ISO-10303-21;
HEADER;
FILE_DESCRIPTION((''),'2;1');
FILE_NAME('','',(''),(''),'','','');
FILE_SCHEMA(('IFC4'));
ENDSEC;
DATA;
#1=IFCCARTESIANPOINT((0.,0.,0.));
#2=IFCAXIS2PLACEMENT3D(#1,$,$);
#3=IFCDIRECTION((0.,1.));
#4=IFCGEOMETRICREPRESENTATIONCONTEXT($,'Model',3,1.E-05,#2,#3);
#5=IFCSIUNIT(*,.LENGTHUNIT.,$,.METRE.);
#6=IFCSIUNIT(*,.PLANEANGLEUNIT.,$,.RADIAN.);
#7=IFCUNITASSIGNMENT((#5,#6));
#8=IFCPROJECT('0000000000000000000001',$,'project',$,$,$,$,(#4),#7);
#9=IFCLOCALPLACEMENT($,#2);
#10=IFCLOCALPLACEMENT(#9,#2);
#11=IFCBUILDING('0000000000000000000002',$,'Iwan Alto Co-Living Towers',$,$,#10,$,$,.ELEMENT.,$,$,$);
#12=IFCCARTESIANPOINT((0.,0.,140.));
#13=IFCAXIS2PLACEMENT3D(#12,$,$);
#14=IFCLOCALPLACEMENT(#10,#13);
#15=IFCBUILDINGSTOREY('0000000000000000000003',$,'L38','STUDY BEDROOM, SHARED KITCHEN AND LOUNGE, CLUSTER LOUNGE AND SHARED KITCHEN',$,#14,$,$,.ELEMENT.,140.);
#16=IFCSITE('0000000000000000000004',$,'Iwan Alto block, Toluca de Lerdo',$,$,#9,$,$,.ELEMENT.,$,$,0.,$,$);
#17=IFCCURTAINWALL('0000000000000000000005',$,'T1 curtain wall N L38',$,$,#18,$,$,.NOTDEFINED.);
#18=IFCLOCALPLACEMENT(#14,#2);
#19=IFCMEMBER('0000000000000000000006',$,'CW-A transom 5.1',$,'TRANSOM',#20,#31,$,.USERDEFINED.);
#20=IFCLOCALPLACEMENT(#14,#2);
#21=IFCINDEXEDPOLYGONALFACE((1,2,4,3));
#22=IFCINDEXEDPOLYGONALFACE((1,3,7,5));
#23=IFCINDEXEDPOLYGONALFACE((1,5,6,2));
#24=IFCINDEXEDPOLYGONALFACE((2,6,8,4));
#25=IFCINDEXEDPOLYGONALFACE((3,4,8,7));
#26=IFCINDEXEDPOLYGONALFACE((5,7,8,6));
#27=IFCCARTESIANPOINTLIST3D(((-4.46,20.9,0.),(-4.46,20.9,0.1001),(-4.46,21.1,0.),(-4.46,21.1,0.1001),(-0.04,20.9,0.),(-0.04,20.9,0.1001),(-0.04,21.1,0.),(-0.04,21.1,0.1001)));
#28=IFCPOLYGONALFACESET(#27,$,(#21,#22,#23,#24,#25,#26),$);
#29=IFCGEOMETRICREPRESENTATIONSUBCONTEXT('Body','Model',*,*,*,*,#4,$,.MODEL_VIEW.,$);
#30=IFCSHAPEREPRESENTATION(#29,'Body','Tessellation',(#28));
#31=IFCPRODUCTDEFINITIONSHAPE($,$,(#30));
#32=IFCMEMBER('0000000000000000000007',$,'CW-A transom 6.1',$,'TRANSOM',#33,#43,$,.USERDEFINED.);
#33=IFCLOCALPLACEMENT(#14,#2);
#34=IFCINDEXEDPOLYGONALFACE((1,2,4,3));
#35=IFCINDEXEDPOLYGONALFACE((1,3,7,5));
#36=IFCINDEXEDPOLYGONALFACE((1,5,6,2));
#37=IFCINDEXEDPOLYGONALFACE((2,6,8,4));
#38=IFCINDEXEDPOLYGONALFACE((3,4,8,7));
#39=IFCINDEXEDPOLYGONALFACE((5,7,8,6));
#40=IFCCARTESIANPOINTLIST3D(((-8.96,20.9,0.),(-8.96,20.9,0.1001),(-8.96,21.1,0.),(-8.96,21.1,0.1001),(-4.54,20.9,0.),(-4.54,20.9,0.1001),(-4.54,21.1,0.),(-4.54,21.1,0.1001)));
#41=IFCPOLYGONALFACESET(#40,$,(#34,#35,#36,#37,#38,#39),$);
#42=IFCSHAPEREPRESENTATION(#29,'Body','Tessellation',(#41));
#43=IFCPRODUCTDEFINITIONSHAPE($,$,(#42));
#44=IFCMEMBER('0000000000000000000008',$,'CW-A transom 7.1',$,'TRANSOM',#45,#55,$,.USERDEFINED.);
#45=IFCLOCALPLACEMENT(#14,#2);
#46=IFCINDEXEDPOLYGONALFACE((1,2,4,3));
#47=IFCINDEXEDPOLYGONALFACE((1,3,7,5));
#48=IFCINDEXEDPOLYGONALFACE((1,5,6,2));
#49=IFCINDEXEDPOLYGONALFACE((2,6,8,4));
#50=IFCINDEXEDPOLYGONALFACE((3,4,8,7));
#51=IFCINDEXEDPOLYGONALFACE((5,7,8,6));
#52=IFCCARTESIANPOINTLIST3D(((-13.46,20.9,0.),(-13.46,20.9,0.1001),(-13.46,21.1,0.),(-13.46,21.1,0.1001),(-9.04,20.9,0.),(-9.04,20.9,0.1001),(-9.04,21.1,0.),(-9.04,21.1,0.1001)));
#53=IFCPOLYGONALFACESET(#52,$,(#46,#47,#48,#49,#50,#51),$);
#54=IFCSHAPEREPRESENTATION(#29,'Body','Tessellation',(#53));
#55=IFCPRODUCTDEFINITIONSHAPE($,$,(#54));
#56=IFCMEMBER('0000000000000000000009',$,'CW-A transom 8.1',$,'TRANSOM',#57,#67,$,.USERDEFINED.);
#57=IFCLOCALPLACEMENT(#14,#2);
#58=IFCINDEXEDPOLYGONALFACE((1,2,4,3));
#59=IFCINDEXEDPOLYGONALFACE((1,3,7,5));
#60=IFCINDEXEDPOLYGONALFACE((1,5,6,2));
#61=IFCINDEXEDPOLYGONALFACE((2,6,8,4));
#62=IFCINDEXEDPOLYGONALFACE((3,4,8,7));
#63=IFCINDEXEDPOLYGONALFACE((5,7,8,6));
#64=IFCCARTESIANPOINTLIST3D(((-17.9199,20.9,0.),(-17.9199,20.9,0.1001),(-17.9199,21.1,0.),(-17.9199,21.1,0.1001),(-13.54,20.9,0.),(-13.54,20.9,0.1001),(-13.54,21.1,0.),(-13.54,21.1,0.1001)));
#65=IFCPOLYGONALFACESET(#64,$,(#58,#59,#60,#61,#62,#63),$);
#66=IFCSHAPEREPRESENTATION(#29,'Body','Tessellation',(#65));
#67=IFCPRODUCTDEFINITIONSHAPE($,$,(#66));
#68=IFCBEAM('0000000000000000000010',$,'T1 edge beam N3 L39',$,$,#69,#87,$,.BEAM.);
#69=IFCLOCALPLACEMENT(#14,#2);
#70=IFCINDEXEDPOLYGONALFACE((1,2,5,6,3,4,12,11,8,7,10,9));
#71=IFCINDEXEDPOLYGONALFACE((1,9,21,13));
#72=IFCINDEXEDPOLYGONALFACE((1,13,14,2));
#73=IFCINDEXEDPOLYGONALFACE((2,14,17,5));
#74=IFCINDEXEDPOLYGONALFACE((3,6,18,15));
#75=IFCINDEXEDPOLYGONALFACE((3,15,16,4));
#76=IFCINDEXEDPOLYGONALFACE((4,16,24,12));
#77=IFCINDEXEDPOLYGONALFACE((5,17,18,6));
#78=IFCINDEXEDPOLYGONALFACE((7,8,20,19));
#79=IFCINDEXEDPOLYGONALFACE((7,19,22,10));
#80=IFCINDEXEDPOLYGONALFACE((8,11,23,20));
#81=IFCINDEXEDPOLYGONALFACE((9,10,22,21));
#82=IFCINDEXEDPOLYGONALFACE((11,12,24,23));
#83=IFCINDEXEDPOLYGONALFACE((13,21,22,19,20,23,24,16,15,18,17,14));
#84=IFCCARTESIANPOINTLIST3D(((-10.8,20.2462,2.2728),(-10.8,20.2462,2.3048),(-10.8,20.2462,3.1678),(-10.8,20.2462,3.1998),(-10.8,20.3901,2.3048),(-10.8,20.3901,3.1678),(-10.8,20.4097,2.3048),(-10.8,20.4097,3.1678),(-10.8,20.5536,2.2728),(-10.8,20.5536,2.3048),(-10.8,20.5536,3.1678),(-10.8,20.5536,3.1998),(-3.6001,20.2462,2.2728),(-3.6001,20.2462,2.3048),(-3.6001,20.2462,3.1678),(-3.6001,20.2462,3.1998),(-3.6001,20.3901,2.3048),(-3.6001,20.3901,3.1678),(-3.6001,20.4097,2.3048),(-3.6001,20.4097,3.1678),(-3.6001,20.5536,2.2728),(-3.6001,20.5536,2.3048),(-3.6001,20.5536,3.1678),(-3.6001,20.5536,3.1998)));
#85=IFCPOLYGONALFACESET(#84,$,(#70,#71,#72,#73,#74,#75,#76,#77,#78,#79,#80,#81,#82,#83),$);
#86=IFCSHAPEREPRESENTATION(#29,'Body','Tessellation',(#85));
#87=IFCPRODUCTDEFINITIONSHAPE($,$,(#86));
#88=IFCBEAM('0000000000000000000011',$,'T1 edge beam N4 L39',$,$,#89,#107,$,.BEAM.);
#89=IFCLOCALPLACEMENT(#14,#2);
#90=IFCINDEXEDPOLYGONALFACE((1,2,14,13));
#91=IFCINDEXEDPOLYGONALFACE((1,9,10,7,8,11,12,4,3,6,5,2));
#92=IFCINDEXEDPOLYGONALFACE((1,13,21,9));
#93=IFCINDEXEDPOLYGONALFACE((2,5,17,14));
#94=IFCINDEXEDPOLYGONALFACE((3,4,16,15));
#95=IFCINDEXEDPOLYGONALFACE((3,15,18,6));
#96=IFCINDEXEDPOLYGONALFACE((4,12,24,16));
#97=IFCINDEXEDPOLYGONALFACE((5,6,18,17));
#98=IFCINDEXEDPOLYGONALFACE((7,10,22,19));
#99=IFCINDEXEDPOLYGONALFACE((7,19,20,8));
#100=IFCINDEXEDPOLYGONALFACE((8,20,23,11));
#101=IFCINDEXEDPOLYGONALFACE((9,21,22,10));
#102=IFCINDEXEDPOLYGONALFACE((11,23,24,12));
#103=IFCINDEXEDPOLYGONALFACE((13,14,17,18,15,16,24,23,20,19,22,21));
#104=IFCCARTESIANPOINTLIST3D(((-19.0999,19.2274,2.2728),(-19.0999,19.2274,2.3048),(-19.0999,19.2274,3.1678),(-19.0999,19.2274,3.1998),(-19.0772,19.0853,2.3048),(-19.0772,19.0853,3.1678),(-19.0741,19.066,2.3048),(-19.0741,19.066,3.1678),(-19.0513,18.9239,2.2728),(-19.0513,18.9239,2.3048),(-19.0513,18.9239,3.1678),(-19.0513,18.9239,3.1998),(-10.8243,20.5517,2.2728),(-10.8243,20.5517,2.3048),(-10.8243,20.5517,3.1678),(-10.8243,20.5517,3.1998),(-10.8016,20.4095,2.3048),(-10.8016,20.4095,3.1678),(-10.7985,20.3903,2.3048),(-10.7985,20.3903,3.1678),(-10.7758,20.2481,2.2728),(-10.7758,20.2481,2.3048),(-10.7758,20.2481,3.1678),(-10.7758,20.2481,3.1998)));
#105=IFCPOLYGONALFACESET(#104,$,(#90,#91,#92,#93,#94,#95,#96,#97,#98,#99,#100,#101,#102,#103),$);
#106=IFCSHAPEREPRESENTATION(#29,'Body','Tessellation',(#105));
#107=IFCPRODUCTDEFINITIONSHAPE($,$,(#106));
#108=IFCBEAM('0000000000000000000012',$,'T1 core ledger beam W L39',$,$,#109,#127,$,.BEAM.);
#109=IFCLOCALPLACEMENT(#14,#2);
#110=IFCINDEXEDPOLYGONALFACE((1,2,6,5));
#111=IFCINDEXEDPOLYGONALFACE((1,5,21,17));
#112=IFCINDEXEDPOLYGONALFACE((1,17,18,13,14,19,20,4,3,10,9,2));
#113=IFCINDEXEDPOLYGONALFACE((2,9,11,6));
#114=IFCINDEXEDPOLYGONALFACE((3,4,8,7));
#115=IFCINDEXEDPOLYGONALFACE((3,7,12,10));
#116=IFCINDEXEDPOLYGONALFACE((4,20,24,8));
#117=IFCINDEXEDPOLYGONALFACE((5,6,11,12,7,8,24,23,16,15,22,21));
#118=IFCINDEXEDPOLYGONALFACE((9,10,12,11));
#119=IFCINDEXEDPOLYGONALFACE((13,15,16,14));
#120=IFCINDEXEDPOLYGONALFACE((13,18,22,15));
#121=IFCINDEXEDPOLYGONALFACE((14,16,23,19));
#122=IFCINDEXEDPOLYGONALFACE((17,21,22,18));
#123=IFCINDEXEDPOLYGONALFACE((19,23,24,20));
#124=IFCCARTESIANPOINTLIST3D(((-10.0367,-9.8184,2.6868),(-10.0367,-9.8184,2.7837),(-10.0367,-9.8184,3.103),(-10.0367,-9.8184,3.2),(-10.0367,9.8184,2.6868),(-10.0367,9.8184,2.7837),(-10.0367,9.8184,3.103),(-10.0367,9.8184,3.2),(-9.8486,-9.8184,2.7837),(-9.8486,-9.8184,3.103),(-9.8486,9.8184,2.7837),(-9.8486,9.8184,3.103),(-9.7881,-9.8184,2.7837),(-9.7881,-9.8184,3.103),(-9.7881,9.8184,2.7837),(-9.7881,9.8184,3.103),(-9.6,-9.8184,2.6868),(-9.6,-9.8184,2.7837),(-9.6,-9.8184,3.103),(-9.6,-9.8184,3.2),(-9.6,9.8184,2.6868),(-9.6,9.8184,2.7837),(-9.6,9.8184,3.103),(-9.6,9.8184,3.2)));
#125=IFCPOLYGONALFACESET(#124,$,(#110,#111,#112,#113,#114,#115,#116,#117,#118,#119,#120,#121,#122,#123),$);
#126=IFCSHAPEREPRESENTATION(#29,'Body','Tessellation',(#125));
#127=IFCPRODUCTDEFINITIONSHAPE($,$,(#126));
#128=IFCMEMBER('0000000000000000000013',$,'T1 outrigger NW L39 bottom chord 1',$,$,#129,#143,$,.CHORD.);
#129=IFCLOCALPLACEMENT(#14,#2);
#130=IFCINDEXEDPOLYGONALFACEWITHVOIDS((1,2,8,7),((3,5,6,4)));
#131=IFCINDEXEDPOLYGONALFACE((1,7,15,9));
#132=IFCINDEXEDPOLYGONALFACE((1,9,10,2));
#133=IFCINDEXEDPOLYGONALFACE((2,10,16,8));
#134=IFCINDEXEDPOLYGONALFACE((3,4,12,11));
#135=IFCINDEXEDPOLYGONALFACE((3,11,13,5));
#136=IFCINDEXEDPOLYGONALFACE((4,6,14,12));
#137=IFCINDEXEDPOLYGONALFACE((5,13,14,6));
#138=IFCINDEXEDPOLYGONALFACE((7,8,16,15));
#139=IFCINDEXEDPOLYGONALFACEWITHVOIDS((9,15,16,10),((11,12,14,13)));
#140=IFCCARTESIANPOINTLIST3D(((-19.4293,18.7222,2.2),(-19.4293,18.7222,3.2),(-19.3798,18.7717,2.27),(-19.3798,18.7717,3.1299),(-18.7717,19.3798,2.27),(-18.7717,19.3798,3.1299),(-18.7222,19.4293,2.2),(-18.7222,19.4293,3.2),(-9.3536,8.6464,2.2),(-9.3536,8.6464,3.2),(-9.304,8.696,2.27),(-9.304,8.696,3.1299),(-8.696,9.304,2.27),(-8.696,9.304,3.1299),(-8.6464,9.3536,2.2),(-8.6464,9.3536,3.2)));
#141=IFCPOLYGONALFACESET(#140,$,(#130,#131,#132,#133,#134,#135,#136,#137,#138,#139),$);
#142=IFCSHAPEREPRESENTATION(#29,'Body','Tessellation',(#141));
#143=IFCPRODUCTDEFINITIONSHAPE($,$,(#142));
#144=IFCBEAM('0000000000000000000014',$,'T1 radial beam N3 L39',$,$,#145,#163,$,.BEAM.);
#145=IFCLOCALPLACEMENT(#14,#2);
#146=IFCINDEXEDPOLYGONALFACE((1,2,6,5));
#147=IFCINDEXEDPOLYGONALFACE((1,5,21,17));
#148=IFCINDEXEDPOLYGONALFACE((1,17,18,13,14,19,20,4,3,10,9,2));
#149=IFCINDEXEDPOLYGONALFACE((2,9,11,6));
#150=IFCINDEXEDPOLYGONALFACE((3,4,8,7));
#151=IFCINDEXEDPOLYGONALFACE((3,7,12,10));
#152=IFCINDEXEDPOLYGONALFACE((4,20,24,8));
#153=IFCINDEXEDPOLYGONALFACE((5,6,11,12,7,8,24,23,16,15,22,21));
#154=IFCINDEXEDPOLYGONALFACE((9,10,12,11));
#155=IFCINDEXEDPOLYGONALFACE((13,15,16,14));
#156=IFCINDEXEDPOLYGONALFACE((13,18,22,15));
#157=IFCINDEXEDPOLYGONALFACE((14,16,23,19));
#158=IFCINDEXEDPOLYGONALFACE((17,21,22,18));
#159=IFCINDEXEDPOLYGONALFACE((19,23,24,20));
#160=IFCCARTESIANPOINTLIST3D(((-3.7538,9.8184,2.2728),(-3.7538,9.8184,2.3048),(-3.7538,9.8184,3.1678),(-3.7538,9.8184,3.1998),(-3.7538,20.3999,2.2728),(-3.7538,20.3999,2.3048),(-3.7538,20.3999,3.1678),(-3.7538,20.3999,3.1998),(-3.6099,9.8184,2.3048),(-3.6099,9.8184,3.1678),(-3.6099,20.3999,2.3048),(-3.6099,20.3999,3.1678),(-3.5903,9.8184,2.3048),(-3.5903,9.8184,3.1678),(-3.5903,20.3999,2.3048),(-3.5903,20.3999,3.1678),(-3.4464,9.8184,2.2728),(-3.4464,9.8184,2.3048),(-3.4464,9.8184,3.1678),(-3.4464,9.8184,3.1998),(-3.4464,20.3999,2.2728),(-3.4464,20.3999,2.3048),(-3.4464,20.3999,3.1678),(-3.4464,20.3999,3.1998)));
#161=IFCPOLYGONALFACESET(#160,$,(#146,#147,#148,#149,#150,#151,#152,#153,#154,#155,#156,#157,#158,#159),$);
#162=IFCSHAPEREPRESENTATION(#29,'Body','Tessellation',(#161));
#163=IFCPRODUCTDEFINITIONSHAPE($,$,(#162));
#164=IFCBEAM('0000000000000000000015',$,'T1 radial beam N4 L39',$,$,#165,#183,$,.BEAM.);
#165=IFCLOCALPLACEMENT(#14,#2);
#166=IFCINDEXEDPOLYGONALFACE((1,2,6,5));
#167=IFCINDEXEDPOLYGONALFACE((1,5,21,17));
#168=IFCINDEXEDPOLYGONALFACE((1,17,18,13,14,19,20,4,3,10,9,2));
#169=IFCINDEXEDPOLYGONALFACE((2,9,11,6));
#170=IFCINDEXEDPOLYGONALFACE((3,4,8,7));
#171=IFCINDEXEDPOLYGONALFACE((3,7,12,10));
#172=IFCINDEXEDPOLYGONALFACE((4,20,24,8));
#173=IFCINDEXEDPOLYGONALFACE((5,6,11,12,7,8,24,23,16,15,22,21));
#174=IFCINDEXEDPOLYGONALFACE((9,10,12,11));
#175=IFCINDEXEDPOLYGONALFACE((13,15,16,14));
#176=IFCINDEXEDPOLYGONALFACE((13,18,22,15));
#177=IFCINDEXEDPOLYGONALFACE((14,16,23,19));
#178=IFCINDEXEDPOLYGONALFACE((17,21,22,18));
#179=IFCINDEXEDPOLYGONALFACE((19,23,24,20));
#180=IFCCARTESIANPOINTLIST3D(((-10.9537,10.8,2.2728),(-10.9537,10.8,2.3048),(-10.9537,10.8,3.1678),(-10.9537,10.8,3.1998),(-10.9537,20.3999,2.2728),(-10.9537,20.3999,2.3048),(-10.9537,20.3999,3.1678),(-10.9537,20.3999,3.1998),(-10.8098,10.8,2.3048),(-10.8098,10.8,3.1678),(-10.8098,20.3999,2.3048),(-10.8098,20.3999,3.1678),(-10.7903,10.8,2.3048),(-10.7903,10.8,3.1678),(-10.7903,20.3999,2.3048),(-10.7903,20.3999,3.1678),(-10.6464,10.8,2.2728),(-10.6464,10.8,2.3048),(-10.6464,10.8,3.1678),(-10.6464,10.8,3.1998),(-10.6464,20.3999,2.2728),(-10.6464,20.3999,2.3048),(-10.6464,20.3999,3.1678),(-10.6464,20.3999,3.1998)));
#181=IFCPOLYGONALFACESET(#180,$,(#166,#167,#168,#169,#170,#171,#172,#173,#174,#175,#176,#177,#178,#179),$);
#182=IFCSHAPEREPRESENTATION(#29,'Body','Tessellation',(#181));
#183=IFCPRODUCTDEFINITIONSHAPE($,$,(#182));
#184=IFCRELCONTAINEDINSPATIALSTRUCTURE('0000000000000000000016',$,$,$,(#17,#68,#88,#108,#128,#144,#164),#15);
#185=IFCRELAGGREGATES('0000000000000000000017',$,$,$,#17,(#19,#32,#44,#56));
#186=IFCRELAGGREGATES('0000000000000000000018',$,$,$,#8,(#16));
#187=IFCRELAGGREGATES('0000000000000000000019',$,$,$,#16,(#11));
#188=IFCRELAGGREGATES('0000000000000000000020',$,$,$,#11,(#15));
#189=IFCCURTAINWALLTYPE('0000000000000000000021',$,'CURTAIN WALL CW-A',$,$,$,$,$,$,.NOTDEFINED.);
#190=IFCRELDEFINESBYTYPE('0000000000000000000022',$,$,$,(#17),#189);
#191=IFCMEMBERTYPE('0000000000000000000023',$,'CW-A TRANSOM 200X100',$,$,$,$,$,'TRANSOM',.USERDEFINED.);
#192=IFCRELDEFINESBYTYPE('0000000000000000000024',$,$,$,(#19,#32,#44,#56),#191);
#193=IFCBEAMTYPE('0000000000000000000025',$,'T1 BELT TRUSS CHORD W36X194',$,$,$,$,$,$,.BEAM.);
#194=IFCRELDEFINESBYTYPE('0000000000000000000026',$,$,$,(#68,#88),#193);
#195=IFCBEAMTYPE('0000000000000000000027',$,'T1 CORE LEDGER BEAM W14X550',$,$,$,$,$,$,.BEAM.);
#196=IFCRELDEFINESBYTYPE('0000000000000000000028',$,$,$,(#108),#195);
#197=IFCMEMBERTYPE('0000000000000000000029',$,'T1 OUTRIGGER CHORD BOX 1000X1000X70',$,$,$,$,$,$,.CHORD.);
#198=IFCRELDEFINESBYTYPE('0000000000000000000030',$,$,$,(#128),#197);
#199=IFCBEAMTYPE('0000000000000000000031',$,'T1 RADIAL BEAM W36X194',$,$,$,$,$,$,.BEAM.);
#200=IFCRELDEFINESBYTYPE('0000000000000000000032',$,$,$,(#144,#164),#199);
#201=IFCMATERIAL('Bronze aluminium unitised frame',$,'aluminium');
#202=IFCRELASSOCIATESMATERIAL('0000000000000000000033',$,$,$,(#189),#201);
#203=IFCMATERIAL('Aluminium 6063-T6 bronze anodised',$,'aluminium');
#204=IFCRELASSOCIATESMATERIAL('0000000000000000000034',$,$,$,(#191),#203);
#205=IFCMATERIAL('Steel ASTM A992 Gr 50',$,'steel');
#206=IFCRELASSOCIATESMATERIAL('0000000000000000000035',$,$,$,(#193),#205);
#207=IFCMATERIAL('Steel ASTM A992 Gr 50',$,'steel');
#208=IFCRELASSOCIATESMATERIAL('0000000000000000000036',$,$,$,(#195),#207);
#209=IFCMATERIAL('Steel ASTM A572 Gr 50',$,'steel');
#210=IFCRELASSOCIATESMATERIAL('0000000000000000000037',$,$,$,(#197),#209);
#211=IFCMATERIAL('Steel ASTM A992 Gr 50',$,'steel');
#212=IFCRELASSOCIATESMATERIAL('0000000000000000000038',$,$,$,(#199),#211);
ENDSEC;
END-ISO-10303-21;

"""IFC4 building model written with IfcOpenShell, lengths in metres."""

from ifc_helpers import new_model, si_unit, direction, frame, origin, origin_2d, place, context, subcontext, project, spatial, rectangle, hollow_rectangle, i_section, extrude, material, material_profile, profile_set, type_object, element, aggregate, save


model = new_model("IFC4")

# Units and contexts
model_context = context("Model", 3, precision=1e-05, world=origin(), true_north=direction((0.0, 1.0)))
body_context = subcontext(model_context, "Body", "Model", "MODEL_VIEW")
ifc_project = project(units=[si_unit("LENGTHUNIT", "METRE"), si_unit("PLANEANGLEUNIT", "RADIAN")], contexts=[model_context])

# Site, building, storey
site_placement = place(None, origin())
site = spatial("IfcSite", under=ifc_project, at=site_placement, Name="Iwan Alto block, Toluca de Lerdo", CompositionType="ELEMENT", RefElevation=0.0)
building_placement = place(site_placement, origin())
building = spatial("IfcBuilding", under=site, at=building_placement, Name="Iwan Alto Co-Living Towers", CompositionType="ELEMENT")
storey_placement = place(building_placement, frame((0.0, 0.0, 140.0)))
storey = spatial("IfcBuildingStorey", under=building, at=storey_placement, Name="L38", Description="STUDY BEDROOM, SHARED KITCHEN AND LOUNGE, CLUSTER LOUNGE AND SHARED KITCHEN", CompositionType="ELEMENT", Elevation=140.0)

# Curtain wall, members
ifc_material_1 = material(Name="Bronze aluminium unitised frame", Category="aluminium")
curtain_wall_type = type_object("IfcCurtainWallType", Name="CURTAIN WALL CW-A", PredefinedType="NOTDEFINED", material=ifc_material_1)
curtain_wall_placement = place(storey_placement, origin())
curtain_wall = element("IfcCurtainWall", 1, at=curtain_wall_placement, inside=storey, type_object=curtain_wall_type, Name="T1 curtain wall N L38", PredefinedType="NOTDEFINED")
ifc_material_2 = material(Name="Aluminium 6063-T6 bronze anodised", Category="aluminium")
ifc_material_profile_1 = material_profile(ifc_material_2, rectangle(XDim=0.2, YDim=0.1001, at=origin_2d()), Name="AL 200X100")
ifc_profile_set_1 = profile_set([ifc_material_profile_1], Name="Aluminium 6063-T6 bronze anodised")
member_type_1 = type_object("IfcMemberType", Name="CW-A TRANSOM 200X100", ElementType="TRANSOM", PredefinedType="USERDEFINED", material=ifc_profile_set_1)
member_1_placement = place(storey_placement, frame((-0.04, 21.0, 0.05), z_axis=(-1.0, 0.0, 0.0), x_axis=(0.0, -1.0, 0.0)))
member_1 = element("IfcMember", 2, at=member_1_placement, type_object=member_type_1, Name="CW-A transom 5.1", ObjectType="TRANSOM", PredefinedType="USERDEFINED", context=body_context, shape_type="SweptSolid", body=[
    extrude(rectangle(XDim=0.2, YDim=0.1001, at=origin_2d()), origin(), (0.0, 0.0, 1.0), 4.4199),
])
member_2_placement = place(storey_placement, frame((-4.54, 21.0, 0.05), z_axis=(-1.0, 0.0, 0.0), x_axis=(0.0, -1.0, 0.0)))
member_2 = element("IfcMember", 3, at=member_2_placement, type_object=member_type_1, Name="CW-A transom 6.1", ObjectType="TRANSOM", PredefinedType="USERDEFINED", context=body_context, shape_type="SweptSolid", body=[
    extrude(rectangle(XDim=0.2, YDim=0.1001, at=origin_2d()), origin(), (0.0, 0.0, 1.0), 4.4199),
])
member_3_placement = place(storey_placement, frame((-9.04, 21.0, 0.05), z_axis=(-1.0, 0.0, 0.0), x_axis=(0.0, -1.0, 0.0)))
member_3 = element("IfcMember", 4, at=member_3_placement, type_object=member_type_1, Name="CW-A transom 7.1", ObjectType="TRANSOM", PredefinedType="USERDEFINED", context=body_context, shape_type="SweptSolid", body=[
    extrude(rectangle(XDim=0.2, YDim=0.1001, at=origin_2d()), origin(), (0.0, 0.0, 1.0), 4.4199),
])
member_4_placement = place(storey_placement, frame((-13.54, 21.0, 0.05), z_axis=(-1.0, 0.0, 0.0), x_axis=(0.0, -1.0, 0.0)))
member_4 = element("IfcMember", 5, at=member_4_placement, type_object=member_type_1, Name="CW-A transom 8.1", ObjectType="TRANSOM", PredefinedType="USERDEFINED", context=body_context, shape_type="SweptSolid", body=[
    extrude(rectangle(XDim=0.2, YDim=0.1001, at=origin_2d()), origin(), (0.0, 0.0, 1.0), 4.3799),
])

# Beams
ifc_material_3 = material(Name="Steel ASTM A992 Gr 50", Category="steel")
ifc_material_profile_2 = material_profile(ifc_material_3, i_section(OverallWidth=0.3074, OverallDepth=0.927, WebThickness=0.0195, FlangeThickness=0.032, at=origin_2d()), Name="W36X194")
ifc_profile_set_2 = profile_set([ifc_material_profile_2], Name="Steel ASTM A992 Gr 50")
beam_type_1 = type_object("IfcBeamType", Name="T1 BELT TRUSS CHORD W36X194", PredefinedType="BEAM", material=ifc_profile_set_2)
beam_1_placement = place(storey_placement, frame((-3.6001, 20.3999, 2.7363), z_axis=(-1.0, 0.0, 0.0), x_axis=(0.0, -1.0, 0.0)))
element("IfcBeam", 6, at=beam_1_placement, inside=storey, type_object=beam_type_1, Name="T1 edge beam N3 L39", PredefinedType="BEAM", context=body_context, shape_type="SweptSolid", body=[
    extrude(i_section(OverallWidth=0.3074, OverallDepth=0.927, WebThickness=0.0195, FlangeThickness=0.032, at=origin_2d()), origin(), (0.0, 0.0, 1.0), 7.2),
])
beam_2_placement = place(storey_placement, frame((-10.8, 20.3999, 2.7363), z_axis=(-0.987438, -0.158004, 0.0), x_axis=(0.158004, -0.987438, 0.0)))
element("IfcBeam", 7, at=beam_2_placement, inside=storey, type_object=beam_type_1, Name="T1 edge beam N4 L39", PredefinedType="BEAM", context=body_context, shape_type="SweptSolid", body=[
    extrude(i_section(OverallWidth=0.3074, OverallDepth=0.927, WebThickness=0.0195, FlangeThickness=0.032, at=origin_2d()), origin(), (0.0, 0.0, 1.0), 8.3809),
])
ifc_material_4 = material(Name="Steel ASTM A992 Gr 50", Category="steel")
ifc_material_profile_3 = material_profile(ifc_material_4, i_section(OverallWidth=0.4368, OverallDepth=0.5132, WebThickness=0.0605, FlangeThickness=0.0969, at=origin_2d()), Name="W14X550")
ifc_profile_set_3 = profile_set([ifc_material_profile_3], Name="Steel ASTM A992 Gr 50")
beam_type_2 = type_object("IfcBeamType", Name="T1 CORE LEDGER BEAM W14X550", PredefinedType="BEAM", material=ifc_profile_set_3)
beam_3_placement = place(storey_placement, frame((-9.8184, 9.8184, 2.9434), z_axis=(0.0, -1.0, 0.0), x_axis=(1.0, 0.0, 0.0)))
element("IfcBeam", 8, at=beam_3_placement, inside=storey, type_object=beam_type_2, Name="T1 core ledger beam W L39", PredefinedType="BEAM", context=body_context, shape_type="SweptSolid", body=[
    extrude(i_section(OverallWidth=0.4368, OverallDepth=0.5132, WebThickness=0.0605, FlangeThickness=0.0969, at=origin_2d()), origin(), (0.0, 0.0, 1.0), 19.6367),
])

# Member
ifc_material_5 = material(Name="Steel ASTM A572 Gr 50", Category="steel")
ifc_material_profile_4 = material_profile(ifc_material_5, hollow_rectangle(XDim=1.0, YDim=1.0, WallThickness=0.0701, at=origin_2d()), Name="BOX 1000X1000X70")
ifc_profile_set_4 = profile_set([ifc_material_profile_4], Name="Steel ASTM A572 Gr 50")
member_type_2 = type_object("IfcMemberType", Name="T1 OUTRIGGER CHORD BOX 1000X1000X70", PredefinedType="CHORD", material=ifc_profile_set_4)
member_5_placement = place(storey_placement, frame((-9.0, 9.0, 2.7), z_axis=(-0.707107, 0.707107, 0.0), x_axis=(-0.707107, -0.707107, 0.0)))
element("IfcMember", 9, at=member_5_placement, inside=storey, type_object=member_type_2, Name="T1 outrigger NW L39 bottom chord 1", PredefinedType="CHORD", context=body_context, shape_type="SweptSolid", body=[
    extrude(hollow_rectangle(XDim=1.0, YDim=1.0, WallThickness=0.0701, at=origin_2d()), origin(), (0.0, 0.0, 1.0), 14.2493),
])

# Beams
ifc_material_6 = material(Name="Steel ASTM A992 Gr 50", Category="steel")
ifc_material_profile_5 = material_profile(ifc_material_6, i_section(OverallWidth=0.3074, OverallDepth=0.927, WebThickness=0.0195, FlangeThickness=0.032, at=origin_2d()), Name="W36X194")
ifc_profile_set_5 = profile_set([ifc_material_profile_5], Name="Steel ASTM A992 Gr 50")
beam_type_3 = type_object("IfcBeamType", Name="T1 RADIAL BEAM W36X194", PredefinedType="BEAM", material=ifc_profile_set_5)
beam_4_placement = place(storey_placement, frame((-3.6001, 20.3999, 2.7363), z_axis=(0.0, -1.0, 0.0), x_axis=(1.0, 0.0, 0.0)))
element("IfcBeam", 10, at=beam_4_placement, inside=storey, type_object=beam_type_3, Name="T1 radial beam N3 L39", PredefinedType="BEAM", context=body_context, shape_type="SweptSolid", body=[
    extrude(i_section(OverallWidth=0.3074, OverallDepth=0.927, WebThickness=0.0195, FlangeThickness=0.032, at=origin_2d()), origin(), (0.0, 0.0, 1.0), 10.5815),
])
beam_5_placement = place(storey_placement, frame((-10.8, 20.3999, 2.7363), z_axis=(0.0, -1.0, 0.0), x_axis=(1.0, 0.0, 0.0)))
element("IfcBeam", 11, at=beam_5_placement, inside=storey, type_object=beam_type_3, Name="T1 radial beam N4 L39", PredefinedType="BEAM", context=body_context, shape_type="SweptSolid", body=[
    extrude(i_section(OverallWidth=0.3074, OverallDepth=0.927, WebThickness=0.0195, FlangeThickness=0.032, at=origin_2d()), origin(), (0.0, 0.0, 1.0), 9.5999),
])

aggregate(curtain_wall, [member_1, member_2, member_3, member_4])

save(model, "model.ifc")
